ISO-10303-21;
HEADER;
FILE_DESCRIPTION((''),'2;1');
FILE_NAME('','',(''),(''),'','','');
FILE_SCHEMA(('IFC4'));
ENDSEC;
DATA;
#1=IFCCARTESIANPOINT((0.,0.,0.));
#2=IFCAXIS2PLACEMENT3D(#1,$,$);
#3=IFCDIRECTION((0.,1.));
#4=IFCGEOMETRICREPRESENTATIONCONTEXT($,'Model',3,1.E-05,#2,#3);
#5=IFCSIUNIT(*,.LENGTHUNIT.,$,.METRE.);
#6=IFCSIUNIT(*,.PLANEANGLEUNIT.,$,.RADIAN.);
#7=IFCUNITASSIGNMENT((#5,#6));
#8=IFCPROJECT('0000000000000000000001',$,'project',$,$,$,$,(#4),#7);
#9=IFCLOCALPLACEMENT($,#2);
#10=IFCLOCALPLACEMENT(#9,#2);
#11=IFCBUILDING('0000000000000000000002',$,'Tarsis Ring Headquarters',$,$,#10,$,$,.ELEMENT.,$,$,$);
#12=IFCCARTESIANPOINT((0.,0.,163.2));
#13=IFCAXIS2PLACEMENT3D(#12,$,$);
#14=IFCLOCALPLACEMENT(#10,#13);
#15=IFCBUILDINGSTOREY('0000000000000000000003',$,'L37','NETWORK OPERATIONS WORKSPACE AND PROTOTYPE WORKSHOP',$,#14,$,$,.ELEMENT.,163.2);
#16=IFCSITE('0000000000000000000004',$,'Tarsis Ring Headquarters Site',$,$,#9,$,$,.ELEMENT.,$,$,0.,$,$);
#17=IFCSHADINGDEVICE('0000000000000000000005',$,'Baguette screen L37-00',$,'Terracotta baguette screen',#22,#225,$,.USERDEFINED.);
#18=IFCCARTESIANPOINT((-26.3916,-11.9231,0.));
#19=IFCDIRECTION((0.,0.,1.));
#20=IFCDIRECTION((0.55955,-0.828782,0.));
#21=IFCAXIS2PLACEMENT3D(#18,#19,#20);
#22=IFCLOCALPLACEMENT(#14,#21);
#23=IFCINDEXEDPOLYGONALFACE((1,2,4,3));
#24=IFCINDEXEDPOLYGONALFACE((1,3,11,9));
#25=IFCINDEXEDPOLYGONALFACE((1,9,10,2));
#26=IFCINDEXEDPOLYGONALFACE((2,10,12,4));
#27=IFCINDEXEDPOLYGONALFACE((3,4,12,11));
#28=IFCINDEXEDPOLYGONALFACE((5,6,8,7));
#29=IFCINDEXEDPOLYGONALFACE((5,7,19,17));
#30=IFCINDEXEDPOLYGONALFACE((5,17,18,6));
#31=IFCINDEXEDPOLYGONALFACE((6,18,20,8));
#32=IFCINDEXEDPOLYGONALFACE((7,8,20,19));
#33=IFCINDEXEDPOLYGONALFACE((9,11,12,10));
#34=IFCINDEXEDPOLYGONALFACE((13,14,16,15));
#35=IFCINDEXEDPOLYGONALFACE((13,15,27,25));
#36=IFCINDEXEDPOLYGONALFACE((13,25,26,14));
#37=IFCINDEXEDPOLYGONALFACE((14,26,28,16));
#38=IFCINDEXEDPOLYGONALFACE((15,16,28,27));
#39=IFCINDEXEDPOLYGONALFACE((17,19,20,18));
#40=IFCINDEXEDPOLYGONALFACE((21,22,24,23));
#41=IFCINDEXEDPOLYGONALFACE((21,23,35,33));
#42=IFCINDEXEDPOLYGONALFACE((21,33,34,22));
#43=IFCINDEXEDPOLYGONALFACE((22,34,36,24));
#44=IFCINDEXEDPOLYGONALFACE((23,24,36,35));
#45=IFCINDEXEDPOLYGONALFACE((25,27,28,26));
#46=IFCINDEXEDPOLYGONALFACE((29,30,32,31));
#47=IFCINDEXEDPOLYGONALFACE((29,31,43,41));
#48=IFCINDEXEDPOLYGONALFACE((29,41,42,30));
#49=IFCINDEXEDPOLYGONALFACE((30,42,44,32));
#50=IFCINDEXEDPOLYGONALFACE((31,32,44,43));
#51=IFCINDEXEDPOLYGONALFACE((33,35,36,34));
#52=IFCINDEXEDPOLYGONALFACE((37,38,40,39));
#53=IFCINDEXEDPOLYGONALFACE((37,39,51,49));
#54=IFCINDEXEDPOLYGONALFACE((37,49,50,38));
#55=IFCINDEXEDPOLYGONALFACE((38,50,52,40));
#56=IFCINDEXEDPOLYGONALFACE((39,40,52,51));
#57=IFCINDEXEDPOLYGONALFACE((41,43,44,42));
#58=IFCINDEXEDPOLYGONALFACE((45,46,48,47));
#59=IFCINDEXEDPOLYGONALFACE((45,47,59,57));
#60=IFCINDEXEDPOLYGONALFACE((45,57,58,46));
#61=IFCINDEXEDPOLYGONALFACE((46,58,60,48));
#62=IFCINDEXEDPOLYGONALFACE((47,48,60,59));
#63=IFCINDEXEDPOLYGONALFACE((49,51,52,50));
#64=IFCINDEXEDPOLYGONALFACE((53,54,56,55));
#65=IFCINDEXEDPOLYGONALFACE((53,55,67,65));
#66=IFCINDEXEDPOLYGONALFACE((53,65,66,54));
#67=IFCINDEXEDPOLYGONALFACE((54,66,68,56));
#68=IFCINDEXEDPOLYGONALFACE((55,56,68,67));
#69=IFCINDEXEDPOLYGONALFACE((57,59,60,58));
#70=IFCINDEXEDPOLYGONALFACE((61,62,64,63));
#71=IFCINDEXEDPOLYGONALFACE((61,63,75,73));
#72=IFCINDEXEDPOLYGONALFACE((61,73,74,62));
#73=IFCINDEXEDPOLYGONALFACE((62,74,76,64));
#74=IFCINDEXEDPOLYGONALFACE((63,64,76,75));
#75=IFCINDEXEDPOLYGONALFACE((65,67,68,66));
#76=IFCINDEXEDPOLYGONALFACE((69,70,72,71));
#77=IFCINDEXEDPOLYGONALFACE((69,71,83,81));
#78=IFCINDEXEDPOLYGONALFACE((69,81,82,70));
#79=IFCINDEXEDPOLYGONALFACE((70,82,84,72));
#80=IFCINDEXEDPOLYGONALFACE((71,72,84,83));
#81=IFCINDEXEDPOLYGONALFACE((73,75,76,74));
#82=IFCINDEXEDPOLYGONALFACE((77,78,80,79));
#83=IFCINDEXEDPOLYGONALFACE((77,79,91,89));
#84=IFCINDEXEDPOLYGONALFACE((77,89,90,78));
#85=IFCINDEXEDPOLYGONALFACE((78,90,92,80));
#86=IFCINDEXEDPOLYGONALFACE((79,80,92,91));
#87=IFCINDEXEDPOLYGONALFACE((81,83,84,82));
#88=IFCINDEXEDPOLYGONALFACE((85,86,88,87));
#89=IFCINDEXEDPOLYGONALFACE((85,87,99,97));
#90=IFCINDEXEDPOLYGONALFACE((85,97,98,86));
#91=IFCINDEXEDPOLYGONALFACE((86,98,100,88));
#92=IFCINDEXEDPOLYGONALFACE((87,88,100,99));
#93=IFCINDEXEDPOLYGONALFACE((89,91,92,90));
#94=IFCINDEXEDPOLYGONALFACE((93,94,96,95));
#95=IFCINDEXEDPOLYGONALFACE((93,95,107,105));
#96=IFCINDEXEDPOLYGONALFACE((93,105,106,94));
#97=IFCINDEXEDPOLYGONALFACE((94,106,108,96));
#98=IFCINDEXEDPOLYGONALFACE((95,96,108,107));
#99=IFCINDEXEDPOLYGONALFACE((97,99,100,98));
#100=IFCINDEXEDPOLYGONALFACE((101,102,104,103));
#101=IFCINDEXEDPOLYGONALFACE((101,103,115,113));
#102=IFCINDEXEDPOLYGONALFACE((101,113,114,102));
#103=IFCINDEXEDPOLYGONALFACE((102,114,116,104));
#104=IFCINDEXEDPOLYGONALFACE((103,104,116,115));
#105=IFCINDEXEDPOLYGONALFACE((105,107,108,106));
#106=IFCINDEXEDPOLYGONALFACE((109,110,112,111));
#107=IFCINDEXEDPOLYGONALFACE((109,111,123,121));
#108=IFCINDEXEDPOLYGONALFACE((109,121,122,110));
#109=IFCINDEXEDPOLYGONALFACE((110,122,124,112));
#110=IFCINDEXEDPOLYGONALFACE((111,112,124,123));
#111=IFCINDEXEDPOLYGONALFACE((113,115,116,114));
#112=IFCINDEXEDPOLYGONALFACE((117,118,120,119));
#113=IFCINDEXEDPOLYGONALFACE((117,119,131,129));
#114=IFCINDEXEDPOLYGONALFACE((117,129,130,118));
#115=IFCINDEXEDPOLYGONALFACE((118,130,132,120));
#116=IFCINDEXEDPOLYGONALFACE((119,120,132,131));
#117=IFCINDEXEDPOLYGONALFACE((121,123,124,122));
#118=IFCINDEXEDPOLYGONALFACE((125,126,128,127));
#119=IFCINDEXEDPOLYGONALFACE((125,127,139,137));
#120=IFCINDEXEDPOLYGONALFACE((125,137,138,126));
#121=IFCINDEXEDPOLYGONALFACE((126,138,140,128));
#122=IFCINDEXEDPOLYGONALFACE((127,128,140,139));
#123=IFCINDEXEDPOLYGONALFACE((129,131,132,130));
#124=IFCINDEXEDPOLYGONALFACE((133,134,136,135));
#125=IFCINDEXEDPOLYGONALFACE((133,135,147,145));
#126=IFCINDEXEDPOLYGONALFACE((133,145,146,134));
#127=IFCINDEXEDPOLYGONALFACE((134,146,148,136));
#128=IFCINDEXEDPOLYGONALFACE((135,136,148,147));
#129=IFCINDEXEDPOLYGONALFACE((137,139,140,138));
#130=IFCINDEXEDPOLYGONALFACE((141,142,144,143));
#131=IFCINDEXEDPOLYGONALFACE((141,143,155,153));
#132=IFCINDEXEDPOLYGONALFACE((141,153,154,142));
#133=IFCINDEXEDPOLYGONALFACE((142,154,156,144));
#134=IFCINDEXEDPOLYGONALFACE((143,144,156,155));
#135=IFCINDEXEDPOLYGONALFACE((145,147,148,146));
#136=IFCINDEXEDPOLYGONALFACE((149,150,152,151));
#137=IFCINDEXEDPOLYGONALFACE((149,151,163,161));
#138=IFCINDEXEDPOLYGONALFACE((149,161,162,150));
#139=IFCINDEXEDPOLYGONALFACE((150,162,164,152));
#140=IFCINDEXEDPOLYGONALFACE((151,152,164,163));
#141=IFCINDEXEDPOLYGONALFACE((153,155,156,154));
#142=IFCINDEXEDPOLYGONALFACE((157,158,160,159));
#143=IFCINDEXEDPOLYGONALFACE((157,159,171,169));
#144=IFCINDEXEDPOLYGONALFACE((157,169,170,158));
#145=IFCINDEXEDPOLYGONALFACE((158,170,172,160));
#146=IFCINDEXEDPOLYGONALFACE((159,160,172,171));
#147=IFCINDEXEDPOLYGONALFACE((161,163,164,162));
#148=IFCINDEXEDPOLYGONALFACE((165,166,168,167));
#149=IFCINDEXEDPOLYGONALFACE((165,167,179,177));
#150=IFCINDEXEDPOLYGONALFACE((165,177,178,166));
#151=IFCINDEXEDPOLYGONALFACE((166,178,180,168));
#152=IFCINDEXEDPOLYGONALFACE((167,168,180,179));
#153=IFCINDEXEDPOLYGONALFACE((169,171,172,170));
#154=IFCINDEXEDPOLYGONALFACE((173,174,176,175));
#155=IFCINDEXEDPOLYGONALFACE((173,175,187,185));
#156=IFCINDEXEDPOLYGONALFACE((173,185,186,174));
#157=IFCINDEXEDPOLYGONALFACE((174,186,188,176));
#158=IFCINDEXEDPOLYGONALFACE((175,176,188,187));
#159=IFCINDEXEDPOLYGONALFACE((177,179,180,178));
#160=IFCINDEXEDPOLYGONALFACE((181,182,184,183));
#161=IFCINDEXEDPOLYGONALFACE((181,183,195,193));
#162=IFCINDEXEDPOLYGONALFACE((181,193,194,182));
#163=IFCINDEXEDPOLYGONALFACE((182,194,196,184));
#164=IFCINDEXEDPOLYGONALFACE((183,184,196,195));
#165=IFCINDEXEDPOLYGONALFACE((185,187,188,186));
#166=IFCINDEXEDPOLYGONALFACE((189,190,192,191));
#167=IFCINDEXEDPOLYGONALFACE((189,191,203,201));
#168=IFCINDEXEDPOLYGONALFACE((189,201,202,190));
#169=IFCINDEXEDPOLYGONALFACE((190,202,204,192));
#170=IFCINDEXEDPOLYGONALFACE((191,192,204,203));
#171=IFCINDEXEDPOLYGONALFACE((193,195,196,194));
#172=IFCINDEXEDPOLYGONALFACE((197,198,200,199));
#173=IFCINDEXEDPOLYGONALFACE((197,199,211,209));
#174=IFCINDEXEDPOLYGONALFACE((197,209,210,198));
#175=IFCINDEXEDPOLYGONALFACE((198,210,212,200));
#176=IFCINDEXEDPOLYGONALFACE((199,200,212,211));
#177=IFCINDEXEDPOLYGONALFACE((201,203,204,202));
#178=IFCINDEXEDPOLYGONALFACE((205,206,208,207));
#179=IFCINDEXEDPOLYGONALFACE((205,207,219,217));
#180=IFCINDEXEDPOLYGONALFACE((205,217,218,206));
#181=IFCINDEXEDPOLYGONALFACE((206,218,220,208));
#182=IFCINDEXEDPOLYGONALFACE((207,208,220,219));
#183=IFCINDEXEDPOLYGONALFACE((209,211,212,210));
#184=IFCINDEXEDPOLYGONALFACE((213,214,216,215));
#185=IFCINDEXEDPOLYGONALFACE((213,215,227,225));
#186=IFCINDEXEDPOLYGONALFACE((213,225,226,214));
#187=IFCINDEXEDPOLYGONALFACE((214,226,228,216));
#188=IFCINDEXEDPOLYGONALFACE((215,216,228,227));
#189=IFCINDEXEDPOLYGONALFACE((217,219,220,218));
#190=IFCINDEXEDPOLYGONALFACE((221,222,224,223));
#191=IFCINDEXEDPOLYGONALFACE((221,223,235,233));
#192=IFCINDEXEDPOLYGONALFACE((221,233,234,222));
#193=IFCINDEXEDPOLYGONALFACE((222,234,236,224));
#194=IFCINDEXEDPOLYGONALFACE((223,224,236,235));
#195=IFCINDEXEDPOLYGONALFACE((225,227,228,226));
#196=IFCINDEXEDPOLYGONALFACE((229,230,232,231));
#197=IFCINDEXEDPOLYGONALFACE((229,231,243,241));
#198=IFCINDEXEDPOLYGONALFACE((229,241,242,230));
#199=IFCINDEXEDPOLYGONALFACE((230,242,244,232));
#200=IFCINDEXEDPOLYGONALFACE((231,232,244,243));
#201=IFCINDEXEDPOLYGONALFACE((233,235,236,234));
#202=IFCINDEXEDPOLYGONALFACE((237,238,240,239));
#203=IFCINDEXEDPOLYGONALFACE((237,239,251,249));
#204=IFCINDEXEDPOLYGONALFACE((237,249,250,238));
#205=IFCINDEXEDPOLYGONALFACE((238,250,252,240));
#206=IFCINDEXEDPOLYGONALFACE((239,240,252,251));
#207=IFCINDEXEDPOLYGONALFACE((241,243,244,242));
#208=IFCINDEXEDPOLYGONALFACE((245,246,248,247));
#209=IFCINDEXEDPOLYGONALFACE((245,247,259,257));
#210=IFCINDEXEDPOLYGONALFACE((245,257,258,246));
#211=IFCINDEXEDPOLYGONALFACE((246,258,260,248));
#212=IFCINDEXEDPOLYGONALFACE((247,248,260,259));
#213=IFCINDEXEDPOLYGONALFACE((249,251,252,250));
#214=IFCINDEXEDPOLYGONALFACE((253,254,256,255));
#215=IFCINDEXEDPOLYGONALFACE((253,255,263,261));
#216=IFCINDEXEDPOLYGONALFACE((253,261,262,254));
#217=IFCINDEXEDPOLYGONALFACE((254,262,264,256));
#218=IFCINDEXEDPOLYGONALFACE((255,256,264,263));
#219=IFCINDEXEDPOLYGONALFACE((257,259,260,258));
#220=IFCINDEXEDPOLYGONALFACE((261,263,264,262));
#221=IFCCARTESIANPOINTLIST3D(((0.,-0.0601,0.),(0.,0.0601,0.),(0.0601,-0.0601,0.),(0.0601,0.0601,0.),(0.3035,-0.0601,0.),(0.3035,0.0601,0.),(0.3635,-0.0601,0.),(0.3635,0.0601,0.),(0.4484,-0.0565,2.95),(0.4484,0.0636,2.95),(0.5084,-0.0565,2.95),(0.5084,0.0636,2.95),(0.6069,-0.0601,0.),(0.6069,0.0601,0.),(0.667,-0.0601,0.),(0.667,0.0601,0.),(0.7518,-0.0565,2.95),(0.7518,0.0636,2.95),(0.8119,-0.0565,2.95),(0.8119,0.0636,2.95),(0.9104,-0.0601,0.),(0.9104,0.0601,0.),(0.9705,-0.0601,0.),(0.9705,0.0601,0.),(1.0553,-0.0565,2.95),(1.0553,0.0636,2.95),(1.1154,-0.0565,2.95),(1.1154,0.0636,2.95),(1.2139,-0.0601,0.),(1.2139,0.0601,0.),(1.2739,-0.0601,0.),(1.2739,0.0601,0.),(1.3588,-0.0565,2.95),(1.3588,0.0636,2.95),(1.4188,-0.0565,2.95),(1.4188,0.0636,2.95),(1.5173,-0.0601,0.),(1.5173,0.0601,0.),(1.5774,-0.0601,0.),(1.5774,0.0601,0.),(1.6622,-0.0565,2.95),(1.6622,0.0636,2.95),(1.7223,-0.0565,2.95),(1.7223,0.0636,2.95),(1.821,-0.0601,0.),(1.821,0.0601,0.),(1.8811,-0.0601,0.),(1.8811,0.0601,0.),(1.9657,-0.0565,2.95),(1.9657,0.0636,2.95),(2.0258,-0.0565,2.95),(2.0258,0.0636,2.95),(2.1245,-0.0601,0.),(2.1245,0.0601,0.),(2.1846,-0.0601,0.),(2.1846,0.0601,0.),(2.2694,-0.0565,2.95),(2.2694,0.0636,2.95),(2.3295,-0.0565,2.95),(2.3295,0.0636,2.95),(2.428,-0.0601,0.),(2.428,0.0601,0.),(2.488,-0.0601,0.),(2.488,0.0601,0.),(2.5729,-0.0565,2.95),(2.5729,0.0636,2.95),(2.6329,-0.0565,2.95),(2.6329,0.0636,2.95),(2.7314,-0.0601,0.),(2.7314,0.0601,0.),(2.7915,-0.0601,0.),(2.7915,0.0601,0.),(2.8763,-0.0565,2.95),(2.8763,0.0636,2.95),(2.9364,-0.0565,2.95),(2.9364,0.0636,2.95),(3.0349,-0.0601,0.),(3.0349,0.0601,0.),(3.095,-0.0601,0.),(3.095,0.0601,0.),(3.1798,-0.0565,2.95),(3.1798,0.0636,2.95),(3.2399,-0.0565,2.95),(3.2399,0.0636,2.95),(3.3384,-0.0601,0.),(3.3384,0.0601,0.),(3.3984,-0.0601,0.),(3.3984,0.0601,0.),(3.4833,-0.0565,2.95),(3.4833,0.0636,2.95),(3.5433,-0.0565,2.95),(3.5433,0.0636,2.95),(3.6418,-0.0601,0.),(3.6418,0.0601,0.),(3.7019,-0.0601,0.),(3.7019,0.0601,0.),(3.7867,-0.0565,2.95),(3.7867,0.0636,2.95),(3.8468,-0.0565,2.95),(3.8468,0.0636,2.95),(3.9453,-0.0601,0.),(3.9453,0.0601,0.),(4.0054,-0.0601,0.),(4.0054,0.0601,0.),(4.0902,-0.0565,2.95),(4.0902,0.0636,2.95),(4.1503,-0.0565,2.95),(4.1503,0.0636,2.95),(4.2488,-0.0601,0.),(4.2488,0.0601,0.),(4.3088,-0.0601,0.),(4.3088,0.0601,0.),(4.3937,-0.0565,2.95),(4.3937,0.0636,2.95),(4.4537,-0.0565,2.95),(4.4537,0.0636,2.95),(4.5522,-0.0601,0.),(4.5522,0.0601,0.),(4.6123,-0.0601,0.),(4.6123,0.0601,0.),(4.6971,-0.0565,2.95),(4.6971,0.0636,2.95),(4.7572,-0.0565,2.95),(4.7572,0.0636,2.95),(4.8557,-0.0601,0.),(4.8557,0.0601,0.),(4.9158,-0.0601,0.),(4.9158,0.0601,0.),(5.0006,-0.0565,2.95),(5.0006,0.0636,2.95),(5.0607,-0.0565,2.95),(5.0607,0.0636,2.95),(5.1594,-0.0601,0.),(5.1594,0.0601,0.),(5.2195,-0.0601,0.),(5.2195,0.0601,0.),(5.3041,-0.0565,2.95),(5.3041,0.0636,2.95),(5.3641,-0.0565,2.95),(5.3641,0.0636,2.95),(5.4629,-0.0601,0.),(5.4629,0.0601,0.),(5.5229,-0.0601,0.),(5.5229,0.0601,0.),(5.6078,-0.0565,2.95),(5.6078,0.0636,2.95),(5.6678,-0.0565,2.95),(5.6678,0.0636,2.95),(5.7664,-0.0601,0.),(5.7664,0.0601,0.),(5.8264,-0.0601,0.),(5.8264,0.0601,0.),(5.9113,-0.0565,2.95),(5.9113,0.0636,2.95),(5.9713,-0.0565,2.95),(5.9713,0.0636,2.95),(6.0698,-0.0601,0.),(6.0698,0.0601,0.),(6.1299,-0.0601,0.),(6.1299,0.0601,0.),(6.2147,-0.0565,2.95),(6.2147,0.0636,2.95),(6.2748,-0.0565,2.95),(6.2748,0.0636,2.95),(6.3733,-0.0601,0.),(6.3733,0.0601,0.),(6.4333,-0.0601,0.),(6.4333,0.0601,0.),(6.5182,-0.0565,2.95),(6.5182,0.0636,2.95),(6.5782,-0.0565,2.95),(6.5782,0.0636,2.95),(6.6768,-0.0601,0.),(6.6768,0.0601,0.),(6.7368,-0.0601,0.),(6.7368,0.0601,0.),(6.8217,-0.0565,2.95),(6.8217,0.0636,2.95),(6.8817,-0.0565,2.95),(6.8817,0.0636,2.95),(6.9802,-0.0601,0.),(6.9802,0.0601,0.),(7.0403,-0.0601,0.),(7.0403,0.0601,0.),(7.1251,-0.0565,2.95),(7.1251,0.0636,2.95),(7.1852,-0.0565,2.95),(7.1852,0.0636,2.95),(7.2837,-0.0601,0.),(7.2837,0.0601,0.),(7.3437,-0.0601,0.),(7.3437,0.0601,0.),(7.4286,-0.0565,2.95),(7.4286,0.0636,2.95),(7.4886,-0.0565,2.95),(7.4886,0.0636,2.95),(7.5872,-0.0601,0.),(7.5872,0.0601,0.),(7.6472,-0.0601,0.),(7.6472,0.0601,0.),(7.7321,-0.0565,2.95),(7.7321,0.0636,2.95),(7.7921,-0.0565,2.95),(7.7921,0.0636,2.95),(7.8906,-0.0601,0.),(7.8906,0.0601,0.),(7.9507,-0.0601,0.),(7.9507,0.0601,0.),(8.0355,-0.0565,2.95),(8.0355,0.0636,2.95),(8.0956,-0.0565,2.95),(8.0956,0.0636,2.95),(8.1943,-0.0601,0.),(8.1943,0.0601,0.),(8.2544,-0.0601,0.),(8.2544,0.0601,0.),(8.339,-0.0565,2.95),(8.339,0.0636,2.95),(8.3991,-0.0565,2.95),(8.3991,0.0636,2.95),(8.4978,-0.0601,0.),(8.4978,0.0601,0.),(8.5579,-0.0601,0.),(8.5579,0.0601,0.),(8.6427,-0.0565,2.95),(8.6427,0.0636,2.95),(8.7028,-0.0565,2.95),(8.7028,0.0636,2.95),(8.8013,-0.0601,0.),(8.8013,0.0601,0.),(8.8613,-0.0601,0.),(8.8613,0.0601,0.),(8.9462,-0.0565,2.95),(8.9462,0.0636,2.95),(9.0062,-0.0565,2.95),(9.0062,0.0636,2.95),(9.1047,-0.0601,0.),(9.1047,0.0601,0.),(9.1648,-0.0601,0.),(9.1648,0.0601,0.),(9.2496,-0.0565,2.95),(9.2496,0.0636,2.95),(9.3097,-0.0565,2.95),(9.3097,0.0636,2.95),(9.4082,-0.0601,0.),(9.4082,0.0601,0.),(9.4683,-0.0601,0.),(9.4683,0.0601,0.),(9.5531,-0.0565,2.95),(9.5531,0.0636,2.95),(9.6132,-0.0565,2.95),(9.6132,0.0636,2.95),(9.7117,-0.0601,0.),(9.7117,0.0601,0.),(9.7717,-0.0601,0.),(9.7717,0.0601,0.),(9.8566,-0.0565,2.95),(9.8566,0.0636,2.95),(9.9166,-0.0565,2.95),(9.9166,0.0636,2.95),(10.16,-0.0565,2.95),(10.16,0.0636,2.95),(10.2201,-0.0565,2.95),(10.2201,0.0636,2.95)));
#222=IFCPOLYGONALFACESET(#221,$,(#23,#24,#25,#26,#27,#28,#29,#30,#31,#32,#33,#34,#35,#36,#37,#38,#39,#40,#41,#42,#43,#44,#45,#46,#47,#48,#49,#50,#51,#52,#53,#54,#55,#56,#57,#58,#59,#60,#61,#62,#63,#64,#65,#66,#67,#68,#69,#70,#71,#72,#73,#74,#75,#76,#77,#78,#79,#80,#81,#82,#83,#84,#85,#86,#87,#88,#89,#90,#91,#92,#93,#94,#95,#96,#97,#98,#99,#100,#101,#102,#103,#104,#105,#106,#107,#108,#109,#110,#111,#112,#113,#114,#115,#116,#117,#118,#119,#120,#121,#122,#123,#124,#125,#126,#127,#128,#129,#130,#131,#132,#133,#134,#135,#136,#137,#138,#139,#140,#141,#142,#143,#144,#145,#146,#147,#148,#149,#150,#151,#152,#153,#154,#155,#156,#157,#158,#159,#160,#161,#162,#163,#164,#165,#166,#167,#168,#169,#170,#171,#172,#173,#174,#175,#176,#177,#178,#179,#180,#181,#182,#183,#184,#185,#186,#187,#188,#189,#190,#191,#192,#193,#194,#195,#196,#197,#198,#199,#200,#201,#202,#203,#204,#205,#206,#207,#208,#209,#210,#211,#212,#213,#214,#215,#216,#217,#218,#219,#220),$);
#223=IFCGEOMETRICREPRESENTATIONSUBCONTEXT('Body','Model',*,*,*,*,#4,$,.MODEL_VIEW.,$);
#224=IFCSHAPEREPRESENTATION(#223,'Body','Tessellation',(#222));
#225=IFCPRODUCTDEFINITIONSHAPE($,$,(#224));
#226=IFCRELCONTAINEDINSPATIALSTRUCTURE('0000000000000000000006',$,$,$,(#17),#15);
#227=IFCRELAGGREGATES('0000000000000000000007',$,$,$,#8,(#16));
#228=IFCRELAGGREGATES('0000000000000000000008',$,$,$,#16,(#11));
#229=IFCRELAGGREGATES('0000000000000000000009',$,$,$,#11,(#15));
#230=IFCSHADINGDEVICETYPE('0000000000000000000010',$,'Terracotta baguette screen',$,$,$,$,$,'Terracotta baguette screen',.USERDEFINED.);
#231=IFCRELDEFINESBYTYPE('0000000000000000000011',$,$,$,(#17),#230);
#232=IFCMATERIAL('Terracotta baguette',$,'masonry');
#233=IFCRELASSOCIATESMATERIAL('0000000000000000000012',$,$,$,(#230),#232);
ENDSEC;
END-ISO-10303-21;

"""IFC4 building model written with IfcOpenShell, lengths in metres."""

from ifc_helpers import new_model, si_unit, direction, frame, frame_2d, origin, place, context, subcontext, project, spatial, rectangle, composite_profile, extrude, material, type_object, element, save


model = new_model("IFC4")

# Units and contexts
model_context = context("Model", 3, precision=1e-05, world=origin(), true_north=direction((0.0, 1.0)))
body_context = subcontext(model_context, "Body", "Model", "MODEL_VIEW")
ifc_project = project(units=[si_unit("LENGTHUNIT", "METRE"), si_unit("PLANEANGLEUNIT", "RADIAN")], contexts=[model_context])

# Site, building, storey
site_placement = place(None, origin())
site = spatial("IfcSite", under=ifc_project, at=site_placement, Name="Tarsis Ring Headquarters Site", CompositionType="ELEMENT", RefElevation=0.0)
building_placement = place(site_placement, origin())
building = spatial("IfcBuilding", under=site, at=building_placement, Name="Tarsis Ring Headquarters", CompositionType="ELEMENT")
storey_placement = place(building_placement, frame((0.0, 0.0, 163.2)))
storey = spatial("IfcBuildingStorey", under=building, at=storey_placement, Name="L37", Description="NETWORK OPERATIONS WORKSPACE AND PROTOTYPE WORKSHOP", CompositionType="ELEMENT", Elevation=163.2)

# Shading device
ifc_material_1 = material(Name="Terracotta baguette", Category="masonry")
shading_device_type = type_object("IfcShadingDeviceType", Name="Terracotta baguette screen", ElementType="Terracotta baguette screen", PredefinedType="USERDEFINED", material=ifc_material_1)
shading_device_1_placement = place(storey_placement, frame((-26.3916, -11.9231, 0.0), z_axis=(0.0, 0.0, 1.0), x_axis=(0.55955, -0.828782, 0.0)))
element("IfcShadingDevice", 1, at=shading_device_1_placement, inside=storey, type_object=shading_device_type, Name="Baguette screen L37-00", ObjectType="Terracotta baguette screen", PredefinedType="USERDEFINED", context=body_context, shape_type="SweptSolid", body=[
    extrude(composite_profile([rectangle(XDim=0.0601, YDim=0.1201, at=frame_2d((0.03, 0.0))), rectangle(XDim=0.0601, YDim=0.1201, at=frame_2d((0.3335, 0.0))), rectangle(XDim=0.0601, YDim=0.1201, at=frame_2d((0.637, 0.0))), rectangle(XDim=0.0601, YDim=0.1201, at=frame_2d((0.9404, 0.0))), rectangle(XDim=0.0601, YDim=0.1201, at=frame_2d((1.2439, 0.0))), rectangle(XDim=0.0601, YDim=0.1201, at=frame_2d((1.5474, 0.0))), rectangle(XDim=0.0601, YDim=0.1201, at=frame_2d((1.8511, 0.0))), rectangle(XDim=0.0601, YDim=0.1201, at=frame_2d((2.1545, 0.0))), rectangle(XDim=0.0601, YDim=0.1201, at=frame_2d((2.458, 0.0))), rectangle(XDim=0.0601, YDim=0.1201, at=frame_2d((2.7615, 0.0))), rectangle(XDim=0.0601, YDim=0.1201, at=frame_2d((3.0649, 0.0))), rectangle(XDim=0.0601, YDim=0.1201, at=frame_2d((3.3684, 0.0))), rectangle(XDim=0.0601, YDim=0.1201, at=frame_2d((3.6719, 0.0))), rectangle(XDim=0.0601, YDim=0.1201, at=frame_2d((3.9753, 0.0))), rectangle(XDim=0.0601, YDim=0.1201, at=frame_2d((4.2788, 0.0))), rectangle(XDim=0.0601, YDim=0.1201, at=frame_2d((4.5823, 0.0))), rectangle(XDim=0.0601, YDim=0.1201, at=frame_2d((4.8857, 0.0))), rectangle(XDim=0.0601, YDim=0.1201, at=frame_2d((5.1895, 0.0))), rectangle(XDim=0.0601, YDim=0.1201, at=frame_2d((5.4929, 0.0))), rectangle(XDim=0.0601, YDim=0.1201, at=frame_2d((5.7964, 0.0))), rectangle(XDim=0.0601, YDim=0.1201, at=frame_2d((6.0999, 0.0))), rectangle(XDim=0.0601, YDim=0.1201, at=frame_2d((6.4033, 0.0))), rectangle(XDim=0.0601, YDim=0.1201, at=frame_2d((6.7068, 0.0))), rectangle(XDim=0.0601, YDim=0.1201, at=frame_2d((7.0103, 0.0))), rectangle(XDim=0.0601, YDim=0.1201, at=frame_2d((7.3137, 0.0))), rectangle(XDim=0.0601, YDim=0.1201, at=frame_2d((7.6172, 0.0))), rectangle(XDim=0.0601, YDim=0.1201, at=frame_2d((7.9207, 0.0))), rectangle(XDim=0.0601, YDim=0.1201, at=frame_2d((8.2244, 0.0))), rectangle(XDim=0.0601, YDim=0.1201, at=frame_2d((8.5278, 0.0))), rectangle(XDim=0.0601, YDim=0.1201, at=frame_2d((8.8313, 0.0))), rectangle(XDim=0.0601, YDim=0.1201, at=frame_2d((9.1348, 0.0))), rectangle(XDim=0.0601, YDim=0.1201, at=frame_2d((9.4382, 0.0))), rectangle(XDim=0.0601, YDim=0.1201, at=frame_2d((9.7417, 0.0)))]), origin(), (0.150263, 0.00118, 0.988645), 2.9839),
])

save(model, "model.ifc")
